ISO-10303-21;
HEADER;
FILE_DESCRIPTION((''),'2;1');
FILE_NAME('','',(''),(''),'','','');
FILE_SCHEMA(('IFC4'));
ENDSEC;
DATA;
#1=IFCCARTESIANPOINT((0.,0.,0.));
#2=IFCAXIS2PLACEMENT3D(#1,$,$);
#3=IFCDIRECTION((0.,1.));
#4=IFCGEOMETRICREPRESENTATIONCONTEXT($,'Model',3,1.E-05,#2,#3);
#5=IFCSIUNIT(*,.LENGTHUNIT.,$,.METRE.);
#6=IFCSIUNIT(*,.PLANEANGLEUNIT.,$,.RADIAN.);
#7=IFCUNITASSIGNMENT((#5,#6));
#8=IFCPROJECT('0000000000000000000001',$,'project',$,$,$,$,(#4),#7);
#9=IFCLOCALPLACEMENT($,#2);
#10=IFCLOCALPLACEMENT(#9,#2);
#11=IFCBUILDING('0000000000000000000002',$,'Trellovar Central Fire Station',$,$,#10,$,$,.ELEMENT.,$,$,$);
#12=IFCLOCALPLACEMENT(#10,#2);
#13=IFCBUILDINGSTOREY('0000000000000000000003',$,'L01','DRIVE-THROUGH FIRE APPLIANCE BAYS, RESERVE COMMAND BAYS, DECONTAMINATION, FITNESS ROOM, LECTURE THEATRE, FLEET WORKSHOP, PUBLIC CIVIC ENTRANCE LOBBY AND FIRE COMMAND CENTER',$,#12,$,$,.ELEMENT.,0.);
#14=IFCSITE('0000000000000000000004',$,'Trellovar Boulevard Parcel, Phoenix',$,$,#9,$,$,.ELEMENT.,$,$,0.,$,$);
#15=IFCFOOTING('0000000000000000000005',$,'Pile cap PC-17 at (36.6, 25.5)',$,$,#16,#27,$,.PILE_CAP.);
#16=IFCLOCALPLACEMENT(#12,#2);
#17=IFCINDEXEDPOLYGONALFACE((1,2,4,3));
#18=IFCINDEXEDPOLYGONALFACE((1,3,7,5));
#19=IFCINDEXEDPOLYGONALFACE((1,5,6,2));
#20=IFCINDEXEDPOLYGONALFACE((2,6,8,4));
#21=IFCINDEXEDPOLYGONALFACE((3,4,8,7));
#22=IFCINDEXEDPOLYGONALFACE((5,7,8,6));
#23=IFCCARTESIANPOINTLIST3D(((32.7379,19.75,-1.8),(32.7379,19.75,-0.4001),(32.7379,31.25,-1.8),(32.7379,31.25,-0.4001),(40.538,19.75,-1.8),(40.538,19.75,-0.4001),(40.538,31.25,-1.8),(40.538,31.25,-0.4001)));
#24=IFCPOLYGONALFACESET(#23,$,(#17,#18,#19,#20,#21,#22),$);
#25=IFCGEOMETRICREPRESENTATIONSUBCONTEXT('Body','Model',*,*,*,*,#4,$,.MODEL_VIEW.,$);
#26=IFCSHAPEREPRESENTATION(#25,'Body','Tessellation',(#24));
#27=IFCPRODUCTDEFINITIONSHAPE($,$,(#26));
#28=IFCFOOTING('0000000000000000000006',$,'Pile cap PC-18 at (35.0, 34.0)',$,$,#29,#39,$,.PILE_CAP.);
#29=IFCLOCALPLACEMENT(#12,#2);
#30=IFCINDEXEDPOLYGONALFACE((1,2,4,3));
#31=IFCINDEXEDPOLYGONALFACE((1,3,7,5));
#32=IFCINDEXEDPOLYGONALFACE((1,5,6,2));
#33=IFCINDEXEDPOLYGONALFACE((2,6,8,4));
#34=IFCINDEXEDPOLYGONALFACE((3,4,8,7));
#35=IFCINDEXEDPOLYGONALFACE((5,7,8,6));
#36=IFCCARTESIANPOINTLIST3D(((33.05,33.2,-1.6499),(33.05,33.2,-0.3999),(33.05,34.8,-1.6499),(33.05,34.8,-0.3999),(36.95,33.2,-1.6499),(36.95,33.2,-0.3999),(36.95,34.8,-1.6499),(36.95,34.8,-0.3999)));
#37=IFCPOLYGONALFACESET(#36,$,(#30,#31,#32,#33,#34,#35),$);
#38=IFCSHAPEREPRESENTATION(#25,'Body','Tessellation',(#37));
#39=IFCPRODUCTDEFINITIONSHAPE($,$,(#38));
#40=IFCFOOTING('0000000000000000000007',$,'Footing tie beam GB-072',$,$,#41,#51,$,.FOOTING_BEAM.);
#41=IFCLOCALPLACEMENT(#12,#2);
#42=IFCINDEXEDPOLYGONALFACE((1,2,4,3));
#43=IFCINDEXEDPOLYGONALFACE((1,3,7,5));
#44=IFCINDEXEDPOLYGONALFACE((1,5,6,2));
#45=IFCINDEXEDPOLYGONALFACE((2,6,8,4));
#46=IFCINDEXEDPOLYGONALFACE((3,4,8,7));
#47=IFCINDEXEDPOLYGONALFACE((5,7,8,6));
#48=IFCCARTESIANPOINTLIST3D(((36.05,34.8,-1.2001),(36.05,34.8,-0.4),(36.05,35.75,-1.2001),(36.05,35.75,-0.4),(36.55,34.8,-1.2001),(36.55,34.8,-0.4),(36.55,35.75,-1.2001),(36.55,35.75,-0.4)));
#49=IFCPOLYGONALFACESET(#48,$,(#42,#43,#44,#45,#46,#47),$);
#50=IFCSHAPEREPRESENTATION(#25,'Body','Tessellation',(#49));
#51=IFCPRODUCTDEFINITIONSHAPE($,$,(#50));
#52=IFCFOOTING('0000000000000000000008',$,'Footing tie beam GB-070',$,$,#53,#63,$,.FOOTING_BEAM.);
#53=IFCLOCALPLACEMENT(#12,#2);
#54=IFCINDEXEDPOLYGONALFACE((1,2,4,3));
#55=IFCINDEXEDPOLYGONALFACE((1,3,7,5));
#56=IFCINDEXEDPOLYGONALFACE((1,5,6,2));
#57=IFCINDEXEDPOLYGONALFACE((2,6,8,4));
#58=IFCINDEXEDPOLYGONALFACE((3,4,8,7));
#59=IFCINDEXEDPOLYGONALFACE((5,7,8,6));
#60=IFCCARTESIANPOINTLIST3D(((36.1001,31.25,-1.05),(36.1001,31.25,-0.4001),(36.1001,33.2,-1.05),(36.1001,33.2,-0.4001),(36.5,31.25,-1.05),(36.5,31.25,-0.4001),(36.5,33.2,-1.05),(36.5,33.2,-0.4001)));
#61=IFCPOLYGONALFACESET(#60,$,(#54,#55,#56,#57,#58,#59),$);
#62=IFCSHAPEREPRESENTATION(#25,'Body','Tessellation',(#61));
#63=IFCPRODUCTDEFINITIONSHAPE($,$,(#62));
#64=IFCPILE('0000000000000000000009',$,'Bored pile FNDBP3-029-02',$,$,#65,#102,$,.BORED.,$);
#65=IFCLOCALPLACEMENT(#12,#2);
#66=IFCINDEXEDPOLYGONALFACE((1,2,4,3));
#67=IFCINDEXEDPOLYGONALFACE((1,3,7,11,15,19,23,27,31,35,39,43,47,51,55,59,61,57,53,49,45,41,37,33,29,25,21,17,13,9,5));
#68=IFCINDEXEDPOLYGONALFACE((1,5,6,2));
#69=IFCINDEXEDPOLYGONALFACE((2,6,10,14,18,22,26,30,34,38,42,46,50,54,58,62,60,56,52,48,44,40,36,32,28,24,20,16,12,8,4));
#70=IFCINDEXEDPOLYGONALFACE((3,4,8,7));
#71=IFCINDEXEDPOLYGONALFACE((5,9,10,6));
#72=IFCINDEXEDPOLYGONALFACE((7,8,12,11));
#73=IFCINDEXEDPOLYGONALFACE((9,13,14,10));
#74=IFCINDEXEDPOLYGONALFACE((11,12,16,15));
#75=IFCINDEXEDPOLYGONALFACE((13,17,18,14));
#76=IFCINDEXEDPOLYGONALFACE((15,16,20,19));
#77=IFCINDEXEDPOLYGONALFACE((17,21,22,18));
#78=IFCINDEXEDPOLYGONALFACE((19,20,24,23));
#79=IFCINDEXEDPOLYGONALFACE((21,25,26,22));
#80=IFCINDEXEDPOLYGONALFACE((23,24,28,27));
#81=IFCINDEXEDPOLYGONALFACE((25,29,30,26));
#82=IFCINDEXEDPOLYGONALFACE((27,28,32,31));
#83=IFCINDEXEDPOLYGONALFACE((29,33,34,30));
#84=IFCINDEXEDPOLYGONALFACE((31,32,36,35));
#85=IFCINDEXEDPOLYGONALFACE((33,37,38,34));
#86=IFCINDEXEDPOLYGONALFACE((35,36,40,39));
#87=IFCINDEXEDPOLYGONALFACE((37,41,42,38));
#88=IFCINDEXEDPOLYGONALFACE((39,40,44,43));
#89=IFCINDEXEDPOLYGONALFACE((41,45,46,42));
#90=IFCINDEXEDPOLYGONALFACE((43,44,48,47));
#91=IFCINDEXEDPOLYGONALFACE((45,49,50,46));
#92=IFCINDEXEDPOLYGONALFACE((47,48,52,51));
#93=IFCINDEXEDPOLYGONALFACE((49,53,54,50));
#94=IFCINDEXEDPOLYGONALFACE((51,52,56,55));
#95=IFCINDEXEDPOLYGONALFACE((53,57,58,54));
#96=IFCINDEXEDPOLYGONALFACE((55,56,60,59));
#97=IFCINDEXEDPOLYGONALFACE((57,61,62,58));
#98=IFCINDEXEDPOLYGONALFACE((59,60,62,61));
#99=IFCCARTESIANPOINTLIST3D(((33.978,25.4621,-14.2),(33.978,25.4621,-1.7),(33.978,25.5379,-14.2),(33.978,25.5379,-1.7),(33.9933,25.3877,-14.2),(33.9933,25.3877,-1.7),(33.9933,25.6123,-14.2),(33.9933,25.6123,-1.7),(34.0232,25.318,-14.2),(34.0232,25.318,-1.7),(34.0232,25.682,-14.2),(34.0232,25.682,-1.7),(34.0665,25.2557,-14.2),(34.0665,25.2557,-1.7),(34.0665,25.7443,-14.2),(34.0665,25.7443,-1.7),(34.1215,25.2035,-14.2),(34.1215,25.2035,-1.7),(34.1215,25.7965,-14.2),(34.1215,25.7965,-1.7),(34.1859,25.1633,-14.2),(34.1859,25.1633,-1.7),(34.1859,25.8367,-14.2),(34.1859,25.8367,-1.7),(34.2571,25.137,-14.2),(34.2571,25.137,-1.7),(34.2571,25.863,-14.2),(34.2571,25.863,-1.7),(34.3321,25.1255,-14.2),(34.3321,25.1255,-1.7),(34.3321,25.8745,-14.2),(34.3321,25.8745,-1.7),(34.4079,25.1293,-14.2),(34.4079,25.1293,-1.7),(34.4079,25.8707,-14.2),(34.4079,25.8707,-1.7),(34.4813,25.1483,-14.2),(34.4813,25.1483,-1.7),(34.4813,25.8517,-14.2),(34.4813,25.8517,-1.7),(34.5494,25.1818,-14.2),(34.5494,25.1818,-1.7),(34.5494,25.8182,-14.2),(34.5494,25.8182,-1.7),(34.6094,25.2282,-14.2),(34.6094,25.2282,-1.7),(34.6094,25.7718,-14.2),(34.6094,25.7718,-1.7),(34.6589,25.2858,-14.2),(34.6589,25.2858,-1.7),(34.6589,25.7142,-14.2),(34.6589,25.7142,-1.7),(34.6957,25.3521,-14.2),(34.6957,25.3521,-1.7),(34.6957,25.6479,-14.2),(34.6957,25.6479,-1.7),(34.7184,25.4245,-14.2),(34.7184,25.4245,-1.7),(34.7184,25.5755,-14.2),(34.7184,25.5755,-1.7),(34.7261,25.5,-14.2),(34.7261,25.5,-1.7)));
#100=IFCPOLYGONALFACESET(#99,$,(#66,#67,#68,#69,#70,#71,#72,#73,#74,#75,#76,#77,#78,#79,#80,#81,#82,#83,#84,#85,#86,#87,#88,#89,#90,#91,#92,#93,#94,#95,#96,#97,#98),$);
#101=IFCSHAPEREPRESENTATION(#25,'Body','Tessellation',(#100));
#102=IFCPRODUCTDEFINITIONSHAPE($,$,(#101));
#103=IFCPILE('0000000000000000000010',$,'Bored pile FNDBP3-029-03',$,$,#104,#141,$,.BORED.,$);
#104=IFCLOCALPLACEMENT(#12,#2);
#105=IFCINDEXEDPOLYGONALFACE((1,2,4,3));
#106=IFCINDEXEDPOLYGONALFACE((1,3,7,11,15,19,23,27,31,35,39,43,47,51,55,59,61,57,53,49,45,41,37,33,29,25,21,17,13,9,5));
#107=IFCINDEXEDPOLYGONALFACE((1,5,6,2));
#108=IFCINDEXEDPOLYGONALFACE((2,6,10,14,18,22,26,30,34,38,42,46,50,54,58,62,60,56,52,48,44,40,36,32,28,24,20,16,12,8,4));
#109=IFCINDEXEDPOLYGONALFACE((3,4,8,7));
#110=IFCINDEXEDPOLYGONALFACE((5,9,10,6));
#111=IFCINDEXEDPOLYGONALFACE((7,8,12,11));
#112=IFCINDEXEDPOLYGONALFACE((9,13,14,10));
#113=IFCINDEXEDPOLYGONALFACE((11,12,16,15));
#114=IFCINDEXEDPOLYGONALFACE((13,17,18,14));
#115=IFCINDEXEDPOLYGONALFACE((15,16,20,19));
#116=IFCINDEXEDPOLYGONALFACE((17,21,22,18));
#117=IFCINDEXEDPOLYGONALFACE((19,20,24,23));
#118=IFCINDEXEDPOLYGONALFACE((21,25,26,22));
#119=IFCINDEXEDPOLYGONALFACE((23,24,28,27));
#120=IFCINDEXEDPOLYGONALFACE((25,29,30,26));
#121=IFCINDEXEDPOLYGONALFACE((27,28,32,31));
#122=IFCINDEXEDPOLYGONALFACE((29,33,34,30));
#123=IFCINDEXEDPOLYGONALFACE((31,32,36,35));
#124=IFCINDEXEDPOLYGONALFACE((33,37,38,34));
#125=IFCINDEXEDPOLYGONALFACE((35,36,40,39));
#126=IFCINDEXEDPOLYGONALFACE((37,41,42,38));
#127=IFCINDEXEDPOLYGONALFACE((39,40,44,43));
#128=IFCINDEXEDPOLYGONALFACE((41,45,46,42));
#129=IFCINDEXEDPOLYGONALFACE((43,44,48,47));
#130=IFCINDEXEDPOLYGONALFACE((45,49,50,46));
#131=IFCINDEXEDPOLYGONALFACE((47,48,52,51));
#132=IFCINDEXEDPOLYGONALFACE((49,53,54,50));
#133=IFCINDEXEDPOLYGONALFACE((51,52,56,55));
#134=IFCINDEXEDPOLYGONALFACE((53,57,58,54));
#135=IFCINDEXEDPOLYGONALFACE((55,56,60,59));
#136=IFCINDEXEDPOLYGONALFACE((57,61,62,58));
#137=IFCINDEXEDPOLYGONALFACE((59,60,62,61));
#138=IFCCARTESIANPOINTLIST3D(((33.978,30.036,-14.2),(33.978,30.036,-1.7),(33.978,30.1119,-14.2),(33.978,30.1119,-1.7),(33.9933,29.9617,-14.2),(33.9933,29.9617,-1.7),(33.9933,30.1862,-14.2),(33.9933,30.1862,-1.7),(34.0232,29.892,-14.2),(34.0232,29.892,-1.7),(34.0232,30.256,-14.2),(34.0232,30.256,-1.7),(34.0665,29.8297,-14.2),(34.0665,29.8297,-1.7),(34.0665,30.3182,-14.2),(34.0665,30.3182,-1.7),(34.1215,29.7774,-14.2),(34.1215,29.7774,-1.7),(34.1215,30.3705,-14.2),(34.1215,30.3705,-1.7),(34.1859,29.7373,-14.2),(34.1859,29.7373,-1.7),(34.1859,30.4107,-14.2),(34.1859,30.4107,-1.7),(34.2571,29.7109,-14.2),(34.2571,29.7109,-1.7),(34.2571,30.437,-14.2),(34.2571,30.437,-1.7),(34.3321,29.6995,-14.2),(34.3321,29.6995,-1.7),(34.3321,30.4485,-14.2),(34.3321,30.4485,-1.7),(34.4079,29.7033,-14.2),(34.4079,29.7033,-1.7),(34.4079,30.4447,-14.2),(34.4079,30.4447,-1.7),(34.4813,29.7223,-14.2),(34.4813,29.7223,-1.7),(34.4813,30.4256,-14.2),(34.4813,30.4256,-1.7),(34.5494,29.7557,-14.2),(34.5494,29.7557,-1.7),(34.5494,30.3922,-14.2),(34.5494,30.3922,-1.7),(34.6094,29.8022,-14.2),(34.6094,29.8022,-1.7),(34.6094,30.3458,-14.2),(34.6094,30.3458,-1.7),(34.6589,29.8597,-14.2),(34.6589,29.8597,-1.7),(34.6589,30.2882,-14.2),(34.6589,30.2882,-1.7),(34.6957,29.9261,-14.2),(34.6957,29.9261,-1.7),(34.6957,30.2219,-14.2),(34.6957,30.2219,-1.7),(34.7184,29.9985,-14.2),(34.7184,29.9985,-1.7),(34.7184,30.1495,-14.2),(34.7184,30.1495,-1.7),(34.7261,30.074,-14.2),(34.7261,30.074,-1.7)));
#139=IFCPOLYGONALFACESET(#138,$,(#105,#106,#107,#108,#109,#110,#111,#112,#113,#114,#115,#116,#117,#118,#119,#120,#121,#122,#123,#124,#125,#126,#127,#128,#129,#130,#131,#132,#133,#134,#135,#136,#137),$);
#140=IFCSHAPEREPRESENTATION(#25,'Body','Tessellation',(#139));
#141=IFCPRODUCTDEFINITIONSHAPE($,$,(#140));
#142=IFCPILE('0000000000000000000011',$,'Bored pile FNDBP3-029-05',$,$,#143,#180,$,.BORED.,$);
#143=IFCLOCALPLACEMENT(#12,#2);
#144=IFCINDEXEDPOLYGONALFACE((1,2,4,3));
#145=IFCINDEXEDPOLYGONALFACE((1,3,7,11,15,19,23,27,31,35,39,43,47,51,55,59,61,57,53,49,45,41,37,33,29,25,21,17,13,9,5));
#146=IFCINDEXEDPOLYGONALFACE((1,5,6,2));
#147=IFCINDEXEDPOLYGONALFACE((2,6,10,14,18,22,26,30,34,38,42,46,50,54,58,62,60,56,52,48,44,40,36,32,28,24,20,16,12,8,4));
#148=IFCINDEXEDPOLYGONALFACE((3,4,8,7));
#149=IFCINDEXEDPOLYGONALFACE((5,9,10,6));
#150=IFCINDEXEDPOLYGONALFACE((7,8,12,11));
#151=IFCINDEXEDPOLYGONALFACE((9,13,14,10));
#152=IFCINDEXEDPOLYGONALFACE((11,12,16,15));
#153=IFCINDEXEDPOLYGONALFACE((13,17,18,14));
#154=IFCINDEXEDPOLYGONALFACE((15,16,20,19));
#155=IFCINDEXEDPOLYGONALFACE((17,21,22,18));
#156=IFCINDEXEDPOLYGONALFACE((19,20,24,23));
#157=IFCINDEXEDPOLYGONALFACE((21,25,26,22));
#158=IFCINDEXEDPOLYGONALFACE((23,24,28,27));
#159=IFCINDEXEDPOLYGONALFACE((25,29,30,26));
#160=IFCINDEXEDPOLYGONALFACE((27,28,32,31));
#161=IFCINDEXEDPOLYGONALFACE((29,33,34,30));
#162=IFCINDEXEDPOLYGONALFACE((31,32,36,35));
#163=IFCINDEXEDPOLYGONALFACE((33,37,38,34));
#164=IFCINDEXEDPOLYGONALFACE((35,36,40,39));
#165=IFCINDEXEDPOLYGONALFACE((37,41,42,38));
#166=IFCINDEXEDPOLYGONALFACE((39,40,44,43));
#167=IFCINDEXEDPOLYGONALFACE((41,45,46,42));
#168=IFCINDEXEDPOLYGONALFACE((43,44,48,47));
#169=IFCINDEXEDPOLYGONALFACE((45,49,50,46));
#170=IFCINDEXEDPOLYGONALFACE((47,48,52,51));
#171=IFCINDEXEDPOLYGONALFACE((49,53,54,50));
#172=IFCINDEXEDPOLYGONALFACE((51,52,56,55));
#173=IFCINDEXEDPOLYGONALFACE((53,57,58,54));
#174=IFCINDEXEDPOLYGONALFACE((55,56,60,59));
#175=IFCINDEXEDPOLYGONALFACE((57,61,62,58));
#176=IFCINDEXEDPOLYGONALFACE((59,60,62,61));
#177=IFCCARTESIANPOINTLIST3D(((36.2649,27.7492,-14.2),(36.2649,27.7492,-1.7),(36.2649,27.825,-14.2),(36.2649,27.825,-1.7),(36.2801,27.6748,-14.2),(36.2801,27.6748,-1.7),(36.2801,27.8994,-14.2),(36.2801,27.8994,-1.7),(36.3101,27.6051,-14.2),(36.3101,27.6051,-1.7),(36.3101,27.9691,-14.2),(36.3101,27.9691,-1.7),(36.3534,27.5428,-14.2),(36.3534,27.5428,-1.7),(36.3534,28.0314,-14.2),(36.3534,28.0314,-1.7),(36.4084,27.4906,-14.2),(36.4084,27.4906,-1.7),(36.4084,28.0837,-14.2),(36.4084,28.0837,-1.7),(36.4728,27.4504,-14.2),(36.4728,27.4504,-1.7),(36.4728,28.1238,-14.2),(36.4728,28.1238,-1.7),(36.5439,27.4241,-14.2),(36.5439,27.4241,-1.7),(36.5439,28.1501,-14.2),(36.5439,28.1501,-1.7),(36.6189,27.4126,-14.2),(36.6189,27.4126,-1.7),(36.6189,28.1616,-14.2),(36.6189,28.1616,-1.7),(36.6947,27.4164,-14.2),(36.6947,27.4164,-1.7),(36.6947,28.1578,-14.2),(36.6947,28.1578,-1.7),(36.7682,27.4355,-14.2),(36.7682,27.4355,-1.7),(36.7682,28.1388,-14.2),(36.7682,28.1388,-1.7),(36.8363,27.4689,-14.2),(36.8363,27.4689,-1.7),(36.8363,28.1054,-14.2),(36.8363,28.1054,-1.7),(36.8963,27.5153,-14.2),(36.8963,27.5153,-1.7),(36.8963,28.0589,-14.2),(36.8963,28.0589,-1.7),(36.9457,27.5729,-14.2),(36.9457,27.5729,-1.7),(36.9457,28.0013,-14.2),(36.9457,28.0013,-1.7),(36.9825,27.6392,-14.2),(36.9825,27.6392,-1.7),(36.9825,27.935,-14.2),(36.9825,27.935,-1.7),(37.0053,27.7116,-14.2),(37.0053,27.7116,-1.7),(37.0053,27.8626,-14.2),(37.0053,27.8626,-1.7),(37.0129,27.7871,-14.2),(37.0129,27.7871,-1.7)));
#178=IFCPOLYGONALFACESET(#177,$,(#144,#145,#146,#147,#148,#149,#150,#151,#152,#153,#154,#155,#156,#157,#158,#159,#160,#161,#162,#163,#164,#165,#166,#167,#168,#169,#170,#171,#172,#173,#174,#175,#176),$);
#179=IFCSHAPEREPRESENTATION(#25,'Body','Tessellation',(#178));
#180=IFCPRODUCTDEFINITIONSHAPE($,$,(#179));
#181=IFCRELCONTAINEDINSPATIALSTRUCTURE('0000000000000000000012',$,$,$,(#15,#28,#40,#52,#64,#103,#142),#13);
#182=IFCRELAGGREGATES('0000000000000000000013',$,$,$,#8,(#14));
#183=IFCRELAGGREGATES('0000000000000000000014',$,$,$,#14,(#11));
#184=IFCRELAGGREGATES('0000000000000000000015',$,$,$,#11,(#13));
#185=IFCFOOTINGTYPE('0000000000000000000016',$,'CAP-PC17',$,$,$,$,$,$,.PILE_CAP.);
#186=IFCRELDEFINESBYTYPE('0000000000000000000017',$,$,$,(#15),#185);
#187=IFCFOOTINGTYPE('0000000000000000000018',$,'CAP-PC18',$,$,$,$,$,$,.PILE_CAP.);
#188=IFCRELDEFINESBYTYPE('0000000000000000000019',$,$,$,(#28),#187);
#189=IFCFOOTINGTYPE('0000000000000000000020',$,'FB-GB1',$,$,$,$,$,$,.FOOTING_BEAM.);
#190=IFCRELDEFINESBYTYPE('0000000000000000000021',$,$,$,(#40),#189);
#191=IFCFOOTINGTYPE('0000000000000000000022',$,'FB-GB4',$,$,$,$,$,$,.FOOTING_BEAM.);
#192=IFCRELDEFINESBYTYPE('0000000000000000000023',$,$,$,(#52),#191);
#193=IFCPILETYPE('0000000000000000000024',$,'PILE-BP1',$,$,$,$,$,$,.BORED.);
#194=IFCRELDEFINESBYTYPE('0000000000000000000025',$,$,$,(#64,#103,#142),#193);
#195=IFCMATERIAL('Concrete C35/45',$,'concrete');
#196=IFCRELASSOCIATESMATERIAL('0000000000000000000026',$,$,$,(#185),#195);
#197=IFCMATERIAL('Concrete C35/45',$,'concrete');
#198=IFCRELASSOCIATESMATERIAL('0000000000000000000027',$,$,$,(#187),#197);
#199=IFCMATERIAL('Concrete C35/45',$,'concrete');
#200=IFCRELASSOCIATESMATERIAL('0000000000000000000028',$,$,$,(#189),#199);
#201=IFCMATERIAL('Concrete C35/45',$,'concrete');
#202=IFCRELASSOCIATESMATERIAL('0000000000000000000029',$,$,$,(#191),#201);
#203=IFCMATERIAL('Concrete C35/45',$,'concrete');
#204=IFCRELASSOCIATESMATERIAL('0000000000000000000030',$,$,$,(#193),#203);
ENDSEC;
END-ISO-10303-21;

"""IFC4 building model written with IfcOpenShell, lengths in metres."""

from ifc_helpers import new_model, si_unit, direction, frame, origin, origin_2d, place, context, subcontext, project, spatial, rectangle, circle, extrude, material, material_profile, profile_set, type_object, element, save


model = new_model("IFC4")

# Units and contexts
model_context = context("Model", 3, precision=1e-05, world=origin(), true_north=direction((0.0, 1.0)))
body_context = subcontext(model_context, "Body", "Model", "MODEL_VIEW")
ifc_project = project(units=[si_unit("LENGTHUNIT", "METRE"), si_unit("PLANEANGLEUNIT", "RADIAN")], contexts=[model_context])

# Site, building, storey
site_placement = place(None, origin())
site = spatial("IfcSite", under=ifc_project, at=site_placement, Name="Trellovar Boulevard Parcel, Phoenix", CompositionType="ELEMENT", RefElevation=0.0)
building_placement = place(site_placement, origin())
building = spatial("IfcBuilding", under=site, at=building_placement, Name="Trellovar Central Fire Station", CompositionType="ELEMENT")
storey_placement = place(building_placement, origin())
storey = spatial("IfcBuildingStorey", under=building, at=storey_placement, Name="L01", Description="DRIVE-THROUGH FIRE APPLIANCE BAYS, RESERVE COMMAND BAYS, DECONTAMINATION, FITNESS ROOM, LECTURE THEATRE, FLEET WORKSHOP, PUBLIC CIVIC ENTRANCE LOBBY AND FIRE COMMAND CENTER", CompositionType="ELEMENT", Elevation=0.0)

# Footings
ifc_material_1 = material(Name="Concrete C35/45", Category="concrete")
footing_type_1 = type_object("IfcFootingType", Name="CAP-PC17", PredefinedType="PILE_CAP", material=ifc_material_1)
footing_1_placement = place(storey_placement, frame((36.6379, 25.5, -1.8), z_axis=(0.0, 0.0, 1.0), x_axis=(1.0, 0.0, 0.0)))
element("IfcFooting", 1, at=footing_1_placement, inside=storey, type_object=footing_type_1, Name="Pile cap PC-17 at (36.6, 25.5)", PredefinedType="PILE_CAP", context=body_context, shape_type="SweptSolid", body=[
    extrude(rectangle(XDim=7.8, YDim=11.5, at=origin_2d()), origin(), (0.0, 0.0, 1.0), 1.3999),
])
ifc_material_2 = material(Name="Concrete C35/45", Category="concrete")
footing_type_2 = type_object("IfcFootingType", Name="CAP-PC18", PredefinedType="PILE_CAP", material=ifc_material_2)
footing_2_placement = place(storey_placement, frame((35.0, 34.0, -1.6499), z_axis=(0.0, 0.0, 1.0), x_axis=(1.0, 0.0, 0.0)))
element("IfcFooting", 2, at=footing_2_placement, inside=storey, type_object=footing_type_2, Name="Pile cap PC-18 at (35.0, 34.0)", PredefinedType="PILE_CAP", context=body_context, shape_type="SweptSolid", body=[
    extrude(rectangle(XDim=3.8999, YDim=1.6001, at=origin_2d()), origin(), (0.0, 0.0, 1.0), 1.25),
])
ifc_material_3 = material(Name="Concrete C35/45", Category="concrete")
ifc_material_profile_1 = material_profile(ifc_material_3, rectangle(XDim=0.5, YDim=0.8, at=origin_2d()), Name="RC500X800")
ifc_profile_set_1 = profile_set([ifc_material_profile_1], Name="Concrete C35/45")
footing_type_3 = type_object("IfcFootingType", Name="FB-GB1", PredefinedType="FOOTING_BEAM", material=ifc_profile_set_1)
footing_3_placement = place(storey_placement, frame((36.3, 34.8, -0.8), z_axis=(0.0, 1.0, 0.0), x_axis=(-1.0, 0.0, 0.0)))
element("IfcFooting", 3, at=footing_3_placement, inside=storey, type_object=footing_type_3, Name="Footing tie beam GB-072", PredefinedType="FOOTING_BEAM", context=body_context, shape_type="SweptSolid", body=[
    extrude(rectangle(XDim=0.5, YDim=0.8, at=origin_2d()), origin(), (0.0, 0.0, 1.0), 0.95),
])
ifc_material_4 = material(Name="Concrete C35/45", Category="concrete")
ifc_material_profile_2 = material_profile(ifc_material_4, rectangle(XDim=0.3999, YDim=0.6499, at=origin_2d()), Name="RC400X650")
ifc_profile_set_2 = profile_set([ifc_material_profile_2], Name="Concrete C35/45")
footing_type_4 = type_object("IfcFootingType", Name="FB-GB4", PredefinedType="FOOTING_BEAM", material=ifc_profile_set_2)
footing_4_placement = place(storey_placement, frame((36.3, 31.25, -0.7251), z_axis=(0.0, 1.0, 0.0), x_axis=(-1.0, 0.0, 0.0)))
element("IfcFooting", 4, at=footing_4_placement, inside=storey, type_object=footing_type_4, Name="Footing tie beam GB-070", PredefinedType="FOOTING_BEAM", context=body_context, shape_type="SweptSolid", body=[
    extrude(rectangle(XDim=0.3999, YDim=0.6499, at=origin_2d()), origin(), (0.0, 0.0, 1.0), 1.95),
])

# Piles
ifc_material_5 = material(Name="Concrete C35/45", Category="concrete")
ifc_material_profile_3 = material_profile(ifc_material_5, circle(Radius=0.375, at=origin_2d()), Name="PILE750")
ifc_profile_set_3 = profile_set([ifc_material_profile_3], Name="Concrete C35/45")
pile_type = type_object("IfcPileType", Name="PILE-BP1", PredefinedType="BORED", material=ifc_profile_set_3)
for number, where, z_axis, x_axis, name in (
    (5, (34.3511, 25.5, -1.7), (0.0, 0.0, -1.0), (1.0, 0.0, 0.0), "Bored pile FNDBP3-029-02"),
    (6, (34.3511, 30.074, -1.7), (0.0, 0.0, -1.0), (1.0, 0.0, 0.0), "Bored pile FNDBP3-029-03"),
    (7, (36.6379, 27.7871, -1.7), (0.0, 0.0, -1.0), (1.0, 0.0, 0.0), "Bored pile FNDBP3-029-05"),
):
    element("IfcPile", number, at=place(storey_placement, frame(where, z_axis=z_axis, x_axis=x_axis)), inside=storey, type_object=pile_type, Name=name, PredefinedType="BORED", context=body_context, shape_type="SweptSolid", body=[
        extrude(circle(Radius=0.375, at=origin_2d()), origin(), (0.0, 0.0, 1.0), 12.5),
    ])

save(model, "model.ifc")
